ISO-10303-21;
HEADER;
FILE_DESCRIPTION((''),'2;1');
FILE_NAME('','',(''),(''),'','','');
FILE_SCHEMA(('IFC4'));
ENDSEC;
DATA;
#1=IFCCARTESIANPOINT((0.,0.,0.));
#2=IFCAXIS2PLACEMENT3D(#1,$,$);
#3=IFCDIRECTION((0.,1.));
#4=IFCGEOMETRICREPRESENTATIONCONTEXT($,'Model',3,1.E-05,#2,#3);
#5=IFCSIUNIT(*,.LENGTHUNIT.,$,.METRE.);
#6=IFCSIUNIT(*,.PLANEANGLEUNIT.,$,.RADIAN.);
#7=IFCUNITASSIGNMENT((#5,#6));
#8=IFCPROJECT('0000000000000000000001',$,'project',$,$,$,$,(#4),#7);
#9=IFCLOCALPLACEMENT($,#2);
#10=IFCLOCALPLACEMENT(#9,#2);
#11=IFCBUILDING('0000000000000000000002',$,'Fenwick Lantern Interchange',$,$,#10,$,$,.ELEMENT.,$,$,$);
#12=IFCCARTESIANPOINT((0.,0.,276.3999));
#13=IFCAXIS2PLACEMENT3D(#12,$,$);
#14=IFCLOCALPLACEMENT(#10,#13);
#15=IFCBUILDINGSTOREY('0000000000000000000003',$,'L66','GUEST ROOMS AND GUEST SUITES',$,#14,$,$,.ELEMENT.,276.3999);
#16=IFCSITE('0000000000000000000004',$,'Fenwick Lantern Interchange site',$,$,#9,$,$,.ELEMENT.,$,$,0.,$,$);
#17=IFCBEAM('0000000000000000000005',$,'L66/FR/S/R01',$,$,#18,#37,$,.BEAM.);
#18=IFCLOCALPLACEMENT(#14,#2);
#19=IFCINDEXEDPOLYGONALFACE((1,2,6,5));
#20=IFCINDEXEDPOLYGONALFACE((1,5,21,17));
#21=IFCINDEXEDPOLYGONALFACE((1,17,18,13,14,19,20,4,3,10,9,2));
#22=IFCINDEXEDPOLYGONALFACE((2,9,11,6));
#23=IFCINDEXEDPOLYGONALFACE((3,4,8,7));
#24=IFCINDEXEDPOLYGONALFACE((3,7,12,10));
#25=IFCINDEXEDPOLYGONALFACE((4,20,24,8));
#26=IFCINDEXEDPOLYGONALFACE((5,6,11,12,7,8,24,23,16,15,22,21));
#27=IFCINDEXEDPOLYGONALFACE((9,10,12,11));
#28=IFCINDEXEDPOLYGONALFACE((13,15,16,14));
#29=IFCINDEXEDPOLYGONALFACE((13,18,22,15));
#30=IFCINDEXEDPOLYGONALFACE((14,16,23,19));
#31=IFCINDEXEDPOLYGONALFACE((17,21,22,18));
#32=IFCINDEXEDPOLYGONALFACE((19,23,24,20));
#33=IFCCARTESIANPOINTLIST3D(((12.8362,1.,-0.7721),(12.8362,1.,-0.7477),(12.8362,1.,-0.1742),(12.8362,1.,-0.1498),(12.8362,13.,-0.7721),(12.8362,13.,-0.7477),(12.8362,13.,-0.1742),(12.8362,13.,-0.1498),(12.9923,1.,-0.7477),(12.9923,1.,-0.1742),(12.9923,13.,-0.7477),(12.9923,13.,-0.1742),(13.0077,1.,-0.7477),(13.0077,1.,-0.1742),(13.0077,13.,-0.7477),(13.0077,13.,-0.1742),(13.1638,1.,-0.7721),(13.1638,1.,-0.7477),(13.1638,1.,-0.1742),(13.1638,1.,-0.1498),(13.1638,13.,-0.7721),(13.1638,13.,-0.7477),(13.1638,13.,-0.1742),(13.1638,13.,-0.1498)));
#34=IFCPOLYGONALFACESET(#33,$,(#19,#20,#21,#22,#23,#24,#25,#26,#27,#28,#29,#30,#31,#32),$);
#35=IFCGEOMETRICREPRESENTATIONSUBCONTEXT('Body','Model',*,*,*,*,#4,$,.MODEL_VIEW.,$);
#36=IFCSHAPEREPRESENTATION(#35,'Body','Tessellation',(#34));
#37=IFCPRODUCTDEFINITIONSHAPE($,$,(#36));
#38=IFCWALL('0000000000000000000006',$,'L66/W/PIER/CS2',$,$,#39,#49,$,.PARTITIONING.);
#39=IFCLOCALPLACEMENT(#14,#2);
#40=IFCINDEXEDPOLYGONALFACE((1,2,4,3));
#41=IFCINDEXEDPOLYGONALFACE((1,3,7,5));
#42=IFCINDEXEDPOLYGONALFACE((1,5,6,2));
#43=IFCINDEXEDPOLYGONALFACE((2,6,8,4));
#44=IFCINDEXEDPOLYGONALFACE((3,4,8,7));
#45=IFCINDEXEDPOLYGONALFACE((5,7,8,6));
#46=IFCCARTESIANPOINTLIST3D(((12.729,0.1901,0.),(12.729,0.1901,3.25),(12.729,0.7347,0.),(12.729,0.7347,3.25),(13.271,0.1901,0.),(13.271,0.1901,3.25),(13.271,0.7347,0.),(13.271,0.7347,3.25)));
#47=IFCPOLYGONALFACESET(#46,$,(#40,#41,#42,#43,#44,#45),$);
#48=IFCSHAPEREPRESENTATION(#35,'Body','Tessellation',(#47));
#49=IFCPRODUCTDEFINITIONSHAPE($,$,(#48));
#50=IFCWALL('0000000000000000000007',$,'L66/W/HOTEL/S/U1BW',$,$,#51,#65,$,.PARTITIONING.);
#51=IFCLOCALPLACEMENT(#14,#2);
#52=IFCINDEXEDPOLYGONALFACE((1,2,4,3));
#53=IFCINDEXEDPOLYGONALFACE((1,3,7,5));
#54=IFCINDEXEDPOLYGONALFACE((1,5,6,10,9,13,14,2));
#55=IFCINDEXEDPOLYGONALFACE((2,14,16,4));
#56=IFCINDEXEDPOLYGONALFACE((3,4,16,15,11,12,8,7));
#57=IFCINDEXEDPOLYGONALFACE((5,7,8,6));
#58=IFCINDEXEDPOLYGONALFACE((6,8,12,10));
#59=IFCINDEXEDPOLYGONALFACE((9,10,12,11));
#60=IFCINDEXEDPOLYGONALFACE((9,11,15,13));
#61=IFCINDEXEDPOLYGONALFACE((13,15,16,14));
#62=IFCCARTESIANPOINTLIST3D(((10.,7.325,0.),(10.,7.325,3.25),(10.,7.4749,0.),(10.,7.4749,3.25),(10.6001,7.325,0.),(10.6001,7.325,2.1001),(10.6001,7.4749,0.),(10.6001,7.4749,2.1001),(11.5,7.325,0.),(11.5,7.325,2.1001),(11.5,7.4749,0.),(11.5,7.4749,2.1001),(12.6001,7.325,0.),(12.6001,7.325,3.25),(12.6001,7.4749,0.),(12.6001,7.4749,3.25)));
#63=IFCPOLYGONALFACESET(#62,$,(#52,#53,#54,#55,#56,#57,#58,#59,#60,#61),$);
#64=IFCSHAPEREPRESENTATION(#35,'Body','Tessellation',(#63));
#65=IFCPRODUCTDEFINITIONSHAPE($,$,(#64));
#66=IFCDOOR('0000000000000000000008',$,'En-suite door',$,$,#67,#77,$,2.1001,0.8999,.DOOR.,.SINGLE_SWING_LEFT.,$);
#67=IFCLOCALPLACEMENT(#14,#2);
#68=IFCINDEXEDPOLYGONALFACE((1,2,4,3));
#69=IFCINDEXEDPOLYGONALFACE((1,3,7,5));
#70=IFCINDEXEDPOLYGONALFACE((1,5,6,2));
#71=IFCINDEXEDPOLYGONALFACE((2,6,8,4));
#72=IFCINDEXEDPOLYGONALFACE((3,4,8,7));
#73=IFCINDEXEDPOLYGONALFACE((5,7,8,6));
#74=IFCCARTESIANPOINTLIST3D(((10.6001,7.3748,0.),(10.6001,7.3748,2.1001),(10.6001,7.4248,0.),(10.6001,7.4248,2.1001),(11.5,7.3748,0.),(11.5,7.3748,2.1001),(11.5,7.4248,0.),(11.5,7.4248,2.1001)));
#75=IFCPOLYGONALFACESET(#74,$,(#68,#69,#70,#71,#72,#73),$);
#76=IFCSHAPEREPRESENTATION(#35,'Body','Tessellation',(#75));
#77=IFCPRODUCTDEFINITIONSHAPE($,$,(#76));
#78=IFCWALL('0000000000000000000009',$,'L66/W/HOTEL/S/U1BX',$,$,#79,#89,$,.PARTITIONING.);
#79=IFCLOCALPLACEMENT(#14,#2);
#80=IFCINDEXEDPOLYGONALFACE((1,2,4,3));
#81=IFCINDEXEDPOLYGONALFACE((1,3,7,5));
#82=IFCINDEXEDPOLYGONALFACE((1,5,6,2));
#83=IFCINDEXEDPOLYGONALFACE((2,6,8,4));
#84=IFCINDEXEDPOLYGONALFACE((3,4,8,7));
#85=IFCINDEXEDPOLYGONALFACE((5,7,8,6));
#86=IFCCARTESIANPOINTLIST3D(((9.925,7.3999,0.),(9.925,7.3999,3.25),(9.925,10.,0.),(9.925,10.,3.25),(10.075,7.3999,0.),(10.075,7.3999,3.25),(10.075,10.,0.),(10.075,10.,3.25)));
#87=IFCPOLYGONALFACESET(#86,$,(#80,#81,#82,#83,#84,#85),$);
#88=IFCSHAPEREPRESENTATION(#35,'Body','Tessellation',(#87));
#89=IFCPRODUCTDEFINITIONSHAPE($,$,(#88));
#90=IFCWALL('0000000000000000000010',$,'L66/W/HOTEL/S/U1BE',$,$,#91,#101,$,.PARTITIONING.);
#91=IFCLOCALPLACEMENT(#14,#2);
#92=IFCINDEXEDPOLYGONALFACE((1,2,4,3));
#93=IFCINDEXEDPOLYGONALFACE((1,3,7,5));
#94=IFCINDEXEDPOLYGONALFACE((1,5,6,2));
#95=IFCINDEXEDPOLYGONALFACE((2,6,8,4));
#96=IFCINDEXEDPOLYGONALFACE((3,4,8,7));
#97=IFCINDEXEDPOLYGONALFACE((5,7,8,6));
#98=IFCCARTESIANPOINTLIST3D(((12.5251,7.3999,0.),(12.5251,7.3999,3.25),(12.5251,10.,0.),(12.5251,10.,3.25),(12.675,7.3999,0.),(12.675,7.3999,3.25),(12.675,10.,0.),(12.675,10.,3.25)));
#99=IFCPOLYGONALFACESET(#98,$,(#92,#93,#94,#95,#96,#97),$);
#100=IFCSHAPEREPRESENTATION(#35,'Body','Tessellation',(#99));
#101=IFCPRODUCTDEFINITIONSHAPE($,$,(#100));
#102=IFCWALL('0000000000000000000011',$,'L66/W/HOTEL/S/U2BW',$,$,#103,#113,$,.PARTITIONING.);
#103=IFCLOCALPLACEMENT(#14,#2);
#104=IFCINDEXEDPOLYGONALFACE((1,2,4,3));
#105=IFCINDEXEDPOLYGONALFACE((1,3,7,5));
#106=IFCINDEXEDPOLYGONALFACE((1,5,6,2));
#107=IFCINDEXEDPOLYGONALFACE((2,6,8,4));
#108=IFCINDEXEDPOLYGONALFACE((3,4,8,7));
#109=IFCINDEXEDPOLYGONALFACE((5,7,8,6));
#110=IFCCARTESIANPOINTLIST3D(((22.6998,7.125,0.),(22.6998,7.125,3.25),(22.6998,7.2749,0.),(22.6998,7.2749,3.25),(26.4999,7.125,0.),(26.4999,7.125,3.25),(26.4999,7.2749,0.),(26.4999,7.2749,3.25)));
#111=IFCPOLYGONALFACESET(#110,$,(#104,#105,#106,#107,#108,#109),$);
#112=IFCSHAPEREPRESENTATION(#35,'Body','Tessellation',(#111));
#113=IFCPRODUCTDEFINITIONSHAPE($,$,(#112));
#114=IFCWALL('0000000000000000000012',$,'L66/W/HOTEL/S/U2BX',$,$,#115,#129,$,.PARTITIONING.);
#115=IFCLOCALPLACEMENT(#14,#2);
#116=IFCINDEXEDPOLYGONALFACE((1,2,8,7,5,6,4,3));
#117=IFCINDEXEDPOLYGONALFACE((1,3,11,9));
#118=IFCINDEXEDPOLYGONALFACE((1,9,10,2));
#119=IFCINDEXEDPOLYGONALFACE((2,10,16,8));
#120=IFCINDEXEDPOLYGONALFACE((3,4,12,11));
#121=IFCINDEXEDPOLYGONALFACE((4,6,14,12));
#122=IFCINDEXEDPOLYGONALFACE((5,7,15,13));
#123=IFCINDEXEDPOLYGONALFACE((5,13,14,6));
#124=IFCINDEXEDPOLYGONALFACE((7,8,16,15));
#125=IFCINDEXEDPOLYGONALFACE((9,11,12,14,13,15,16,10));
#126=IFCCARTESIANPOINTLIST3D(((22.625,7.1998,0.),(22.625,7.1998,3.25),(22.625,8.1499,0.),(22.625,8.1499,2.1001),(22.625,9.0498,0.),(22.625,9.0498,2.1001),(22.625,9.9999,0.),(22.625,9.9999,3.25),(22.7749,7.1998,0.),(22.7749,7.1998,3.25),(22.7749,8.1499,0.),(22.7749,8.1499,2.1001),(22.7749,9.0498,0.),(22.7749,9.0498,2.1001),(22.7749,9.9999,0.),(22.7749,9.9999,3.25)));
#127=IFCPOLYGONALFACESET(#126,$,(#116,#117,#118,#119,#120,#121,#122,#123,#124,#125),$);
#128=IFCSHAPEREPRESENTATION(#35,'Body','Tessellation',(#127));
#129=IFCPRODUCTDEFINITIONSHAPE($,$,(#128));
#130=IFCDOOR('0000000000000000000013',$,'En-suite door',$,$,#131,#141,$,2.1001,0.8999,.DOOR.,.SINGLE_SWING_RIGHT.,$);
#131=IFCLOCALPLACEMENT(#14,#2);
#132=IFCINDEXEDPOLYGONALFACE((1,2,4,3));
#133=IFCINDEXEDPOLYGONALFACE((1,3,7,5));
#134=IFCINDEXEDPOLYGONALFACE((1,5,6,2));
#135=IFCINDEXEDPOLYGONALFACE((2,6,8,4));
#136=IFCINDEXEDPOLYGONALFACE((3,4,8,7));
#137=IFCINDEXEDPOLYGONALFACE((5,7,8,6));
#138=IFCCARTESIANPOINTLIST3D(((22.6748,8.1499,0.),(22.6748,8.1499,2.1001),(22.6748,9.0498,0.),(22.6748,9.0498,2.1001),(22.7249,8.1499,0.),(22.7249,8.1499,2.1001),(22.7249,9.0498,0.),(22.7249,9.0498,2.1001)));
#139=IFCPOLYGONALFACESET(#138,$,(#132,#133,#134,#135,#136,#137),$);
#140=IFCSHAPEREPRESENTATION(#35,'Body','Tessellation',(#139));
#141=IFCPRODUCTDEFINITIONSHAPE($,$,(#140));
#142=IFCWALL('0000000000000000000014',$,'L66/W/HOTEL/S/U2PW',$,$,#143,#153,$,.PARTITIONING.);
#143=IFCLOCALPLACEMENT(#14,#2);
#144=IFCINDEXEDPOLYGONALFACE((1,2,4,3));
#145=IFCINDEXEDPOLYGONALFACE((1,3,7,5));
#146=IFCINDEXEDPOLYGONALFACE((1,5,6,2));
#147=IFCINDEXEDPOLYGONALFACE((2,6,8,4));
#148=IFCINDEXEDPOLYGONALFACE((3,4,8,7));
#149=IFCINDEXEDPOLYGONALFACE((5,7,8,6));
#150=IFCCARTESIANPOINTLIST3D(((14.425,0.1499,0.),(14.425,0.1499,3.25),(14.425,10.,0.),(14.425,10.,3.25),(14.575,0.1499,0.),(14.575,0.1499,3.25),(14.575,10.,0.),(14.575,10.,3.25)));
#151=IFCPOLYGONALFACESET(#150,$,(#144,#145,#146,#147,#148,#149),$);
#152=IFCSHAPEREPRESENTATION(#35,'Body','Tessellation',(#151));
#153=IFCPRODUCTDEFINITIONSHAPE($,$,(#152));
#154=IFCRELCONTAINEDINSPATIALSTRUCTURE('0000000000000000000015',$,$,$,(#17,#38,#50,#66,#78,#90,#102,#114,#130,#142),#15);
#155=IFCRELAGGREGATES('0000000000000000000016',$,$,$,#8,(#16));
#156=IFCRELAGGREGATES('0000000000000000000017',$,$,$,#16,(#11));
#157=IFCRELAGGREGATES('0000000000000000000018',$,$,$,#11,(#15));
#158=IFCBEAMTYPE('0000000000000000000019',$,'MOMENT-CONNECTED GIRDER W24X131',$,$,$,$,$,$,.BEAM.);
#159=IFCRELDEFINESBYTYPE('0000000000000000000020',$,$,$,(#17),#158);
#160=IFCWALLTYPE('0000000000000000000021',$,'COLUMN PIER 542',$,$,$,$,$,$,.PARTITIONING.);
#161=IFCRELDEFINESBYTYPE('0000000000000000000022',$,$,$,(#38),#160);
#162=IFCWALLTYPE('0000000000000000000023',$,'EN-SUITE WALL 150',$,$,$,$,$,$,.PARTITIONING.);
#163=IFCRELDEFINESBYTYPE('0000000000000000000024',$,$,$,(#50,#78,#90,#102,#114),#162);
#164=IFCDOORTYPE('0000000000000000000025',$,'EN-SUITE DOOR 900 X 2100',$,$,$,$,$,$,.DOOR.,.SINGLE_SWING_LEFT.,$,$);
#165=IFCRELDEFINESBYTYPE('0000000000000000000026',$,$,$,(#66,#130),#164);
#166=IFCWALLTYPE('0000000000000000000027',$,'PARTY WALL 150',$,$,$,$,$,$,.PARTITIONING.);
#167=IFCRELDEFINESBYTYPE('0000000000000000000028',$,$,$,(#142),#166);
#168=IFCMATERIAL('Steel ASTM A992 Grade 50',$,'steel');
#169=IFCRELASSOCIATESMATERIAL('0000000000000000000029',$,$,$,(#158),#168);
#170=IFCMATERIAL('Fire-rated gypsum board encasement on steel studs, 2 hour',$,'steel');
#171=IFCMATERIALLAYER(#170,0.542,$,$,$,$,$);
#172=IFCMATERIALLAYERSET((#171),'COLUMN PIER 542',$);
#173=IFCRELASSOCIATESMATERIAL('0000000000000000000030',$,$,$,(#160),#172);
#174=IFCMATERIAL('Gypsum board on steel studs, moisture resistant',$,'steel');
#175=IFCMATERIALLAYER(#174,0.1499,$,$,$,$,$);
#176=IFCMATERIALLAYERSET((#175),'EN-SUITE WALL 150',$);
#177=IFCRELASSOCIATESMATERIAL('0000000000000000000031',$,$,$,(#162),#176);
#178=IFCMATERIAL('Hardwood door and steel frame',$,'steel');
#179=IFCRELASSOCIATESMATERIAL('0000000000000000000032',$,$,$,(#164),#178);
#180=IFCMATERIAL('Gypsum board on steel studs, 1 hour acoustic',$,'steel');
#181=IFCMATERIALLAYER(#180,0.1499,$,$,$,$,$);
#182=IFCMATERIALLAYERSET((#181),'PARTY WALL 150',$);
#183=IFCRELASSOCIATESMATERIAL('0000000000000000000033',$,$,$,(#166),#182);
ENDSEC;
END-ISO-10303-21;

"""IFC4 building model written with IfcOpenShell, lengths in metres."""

from ifc_helpers import new_model, si_unit, direction, frame, frame_2d, origin, origin_2d, place, context, subcontext, project, spatial, rectangle, i_section, extrude, material, layer, layer_set, material_profile, profile_set, type_object, element, fill, save


model = new_model("IFC4")

# Units and contexts
model_context = context("Model", 3, precision=1e-05, world=origin(), true_north=direction((0.0, 1.0)))
body_context = subcontext(model_context, "Body", "Model", "MODEL_VIEW")
ifc_project = project(units=[si_unit("LENGTHUNIT", "METRE"), si_unit("PLANEANGLEUNIT", "RADIAN")], contexts=[model_context])

# Site, building, storey
site_placement = place(None, origin())
site = spatial("IfcSite", under=ifc_project, at=site_placement, Name="Fenwick Lantern Interchange site", CompositionType="ELEMENT", RefElevation=0.0)
building_placement = place(site_placement, origin())
building = spatial("IfcBuilding", under=site, at=building_placement, Name="Fenwick Lantern Interchange", CompositionType="ELEMENT")
storey_placement = place(building_placement, frame((0.0, 0.0, 276.3999)))
storey = spatial("IfcBuildingStorey", under=building, at=storey_placement, Name="L66", Description="GUEST ROOMS AND GUEST SUITES", CompositionType="ELEMENT", Elevation=276.3999)

# Shared definitions
ifc_material_1 = material(Name="Steel ASTM A992 Grade 50", Category="steel")

# Beam
ifc_material_profile_1 = material_profile(ifc_material_1, i_section(OverallWidth=0.3276, OverallDepth=0.6223, WebThickness=0.0154, FlangeThickness=0.0244, at=origin_2d()), Name="W24X131")
ifc_profile_set_1 = profile_set([ifc_material_profile_1], Name="Steel ASTM A992 Grade 50")
beam_type_1 = type_object("IfcBeamType", Name="MOMENT-CONNECTED GIRDER W24X131", PredefinedType="BEAM", material=ifc_profile_set_1)
beam_1_placement = place(storey_placement, frame((13.0, 1.0, -0.4609), z_axis=(0.0, 1.0, 0.0), x_axis=(-1.0, 0.0, 0.0)))
element("IfcBeam", 1, at=beam_1_placement, inside=storey, type_object=beam_type_1, Name="L66/FR/S/R01", PredefinedType="BEAM", context=body_context, shape_type="SweptSolid", body=[
    extrude(i_section(OverallWidth=0.3276, OverallDepth=0.6223, WebThickness=0.0154, FlangeThickness=0.0244, at=origin_2d()), origin(), (0.0, 0.0, 1.0), 12.0),
])

# Wall
ifc_material_2 = material(Name="Fire-rated gypsum board encasement on steel studs, 2 hour", Category="steel")
ifc_layer_1 = layer(ifc_material_2, 0.542)
ifc_layer_set_1 = layer_set([ifc_layer_1], Name="COLUMN PIER 542")
wall_type_1 = type_object("IfcWallType", Name="COLUMN PIER 542", PredefinedType="PARTITIONING", material=ifc_layer_set_1)
wall_1_placement = place(storey_placement, frame((13.0, 0.1899, 0.0), z_axis=(0.0, 0.0, 1.0), x_axis=(0.0, 1.0, 0.0)))
element("IfcWall", 2, at=wall_1_placement, inside=storey, type_object=wall_type_1, Name="L66/W/PIER/CS2", PredefinedType="PARTITIONING", context=body_context, shape_type="SweptSolid", body=[
    extrude(rectangle(XDim=0.5447, YDim=0.542, at=frame_2d((0.2725, 0.0))), origin(), (0.0, 0.0, 1.0), 3.25),
])

# Wall, opening, door
ifc_material_3 = material(Name="Gypsum board on steel studs, moisture resistant", Category="steel")
ifc_layer_2 = layer(ifc_material_3, 0.1499)
ifc_layer_set_2 = layer_set([ifc_layer_2], Name="EN-SUITE WALL 150")
wall_type_2 = type_object("IfcWallType", Name="EN-SUITE WALL 150", PredefinedType="PARTITIONING", material=ifc_layer_set_2)
wall_2_placement = place(storey_placement, frame((10.0, 7.3999, 0.0), z_axis=(0.0, 0.0, 1.0), x_axis=(1.0, 0.0, 0.0)))
wall_2 = element("IfcWall", 3, at=wall_2_placement, inside=storey, type_object=wall_type_2, Name="L66/W/HOTEL/S/U1BW", PredefinedType="PARTITIONING", context=body_context, shape_type="SweptSolid", body=[
    extrude(rectangle(XDim=2.6001, YDim=0.1499, at=frame_2d((1.3, 0.0))), origin(), (0.0, 0.0, 1.0), 3.25),
])
opening_1_placement = place(wall_2_placement, frame((0.6001, 0.0, 0.0)))
opening_1 = element("IfcOpeningElement", 4, at=opening_1_placement, cuts=wall_2, PredefinedType="OPENING", context=body_context, shape_type="SweptSolid", body=[
    extrude(rectangle(XDim=0.8999, YDim=2.1001, at=frame_2d((0.45, 1.05))), frame((0.0, 0.085, 0.0), z_axis=(0.0, -1.0, 0.0), x_axis=(1.0, 0.0, 0.0)), (0.0, 0.0, 1.0), 0.1699),
])
ifc_material_4 = material(Name="Hardwood door and steel frame", Category="steel")
door_type = type_object("IfcDoorType", Name="EN-SUITE DOOR 900 X 2100", OperationType="SINGLE_SWING_LEFT", PredefinedType="DOOR", material=ifc_material_4)
door_1_placement = place(opening_1_placement, origin())
door_1 = element("IfcDoor", 5, at=door_1_placement, inside=storey, type_object=door_type, Name="En-suite door", OperationType="SINGLE_SWING_LEFT", OverallHeight=2.1001, OverallWidth=0.8999, PredefinedType="DOOR", context=body_context, shape_type="SweptSolid", body=[
    extrude(rectangle(XDim=0.8999, YDim=2.1001, at=frame_2d((0.45, 1.05))), frame((0.0, 0.0249, 0.0), z_axis=(0.0, -1.0, 0.0), x_axis=(1.0, 0.0, 0.0)), (0.0, 0.0, 1.0), 0.05),
])
fill(opening_1, door_1)

# Walls
for number, where, z_axis, x_axis, name in (
    (6, (10.0, 7.3999, 0.0), (0.0, 0.0, 1.0), (0.0, 1.0, 0.0), "L66/W/HOTEL/S/U1BX"),
    (7, (12.6001, 7.3999, 0.0), (0.0, 0.0, 1.0), (0.0, 1.0, 0.0), "L66/W/HOTEL/S/U1BE"),
):
    element("IfcWall", number, at=place(storey_placement, frame(where, z_axis=z_axis, x_axis=x_axis)), inside=storey, type_object=wall_type_2, Name=name, PredefinedType="PARTITIONING", context=body_context, shape_type="SweptSolid", body=[
        extrude(rectangle(XDim=2.6001, YDim=0.1499, at=frame_2d((1.3, 0.0))), origin(), (0.0, 0.0, 1.0), 3.25),
    ])
wall_3_placement = place(storey_placement, frame((22.7, 7.2, 0.0), z_axis=(0.0, 0.0, 1.0), x_axis=(1.0, 0.0, 0.0)))
element("IfcWall", 8, at=wall_3_placement, inside=storey, type_object=wall_type_2, Name="L66/W/HOTEL/S/U2BW", PredefinedType="PARTITIONING", context=body_context, shape_type="SweptSolid", body=[
    extrude(rectangle(XDim=3.8, YDim=0.1499, at=frame_2d((1.8999, 0.0))), origin(), (0.0, 0.0, 1.0), 3.25),
])

# Wall, opening, door
wall_4_placement = place(storey_placement, frame((22.7, 7.2, 0.0), z_axis=(0.0, 0.0, 1.0), x_axis=(0.0, 1.0, 0.0)))
wall_4 = element("IfcWall", 9, at=wall_4_placement, inside=storey, type_object=wall_type_2, Name="L66/W/HOTEL/S/U2BX", PredefinedType="PARTITIONING", context=body_context, shape_type="SweptSolid", body=[
    extrude(rectangle(XDim=2.8, YDim=0.1499, at=frame_2d((1.3999, 0.0))), origin(), (0.0, 0.0, 1.0), 3.25),
])
opening_2_placement = place(wall_4_placement, frame((0.95, 0.0, 0.0)))
opening_2 = element("IfcOpeningElement", 10, at=opening_2_placement, cuts=wall_4, PredefinedType="OPENING", context=body_context, shape_type="SweptSolid", body=[
    extrude(rectangle(XDim=0.8999, YDim=2.1001, at=frame_2d((0.45, 1.05))), frame((0.0, 0.085, 0.0), z_axis=(0.0, -1.0, 0.0), x_axis=(1.0, 0.0, 0.0)), (0.0, 0.0, 1.0), 0.1699),
])
door_2_placement = place(opening_2_placement, frame((0.8999, 0.0, 0.0), z_axis=(0.0, 0.0, 1.0), x_axis=(-1.0, 0.0, 0.0)))
door_2 = element("IfcDoor", 11, at=door_2_placement, inside=storey, type_object=door_type, Name="En-suite door", OperationType="SINGLE_SWING_RIGHT", OverallHeight=2.1001, OverallWidth=0.8999, PredefinedType="DOOR", context=body_context, shape_type="SweptSolid", body=[
    extrude(rectangle(XDim=0.8999, YDim=2.1001, at=frame_2d((0.45, 1.05))), frame((0.0, 0.0249, 0.0), z_axis=(0.0, -1.0, 0.0), x_axis=(1.0, 0.0, 0.0)), (0.0, 0.0, 1.0), 0.05),
])
fill(opening_2, door_2)

# Wall
ifc_material_5 = material(Name="Gypsum board on steel studs, 1 hour acoustic", Category="steel")
ifc_layer_3 = layer(ifc_material_5, 0.1499)
ifc_layer_set_3 = layer_set([ifc_layer_3], Name="PARTY WALL 150")
wall_type_3 = type_object("IfcWallType", Name="PARTY WALL 150", PredefinedType="PARTITIONING", material=ifc_layer_set_3)
wall_5_placement = place(storey_placement, frame((14.5, 0.1499, 0.0), z_axis=(0.0, 0.0, 1.0), x_axis=(0.0, 1.0, 0.0)))
element("IfcWall", 12, at=wall_5_placement, inside=storey, type_object=wall_type_3, Name="L66/W/HOTEL/S/U2PW", PredefinedType="PARTITIONING", context=body_context, shape_type="SweptSolid", body=[
    extrude(rectangle(XDim=9.8501, YDim=0.1499, at=frame_2d((4.925, 0.0))), origin(), (0.0, 0.0, 1.0), 3.25),
])

save(model, "model.ifc")
